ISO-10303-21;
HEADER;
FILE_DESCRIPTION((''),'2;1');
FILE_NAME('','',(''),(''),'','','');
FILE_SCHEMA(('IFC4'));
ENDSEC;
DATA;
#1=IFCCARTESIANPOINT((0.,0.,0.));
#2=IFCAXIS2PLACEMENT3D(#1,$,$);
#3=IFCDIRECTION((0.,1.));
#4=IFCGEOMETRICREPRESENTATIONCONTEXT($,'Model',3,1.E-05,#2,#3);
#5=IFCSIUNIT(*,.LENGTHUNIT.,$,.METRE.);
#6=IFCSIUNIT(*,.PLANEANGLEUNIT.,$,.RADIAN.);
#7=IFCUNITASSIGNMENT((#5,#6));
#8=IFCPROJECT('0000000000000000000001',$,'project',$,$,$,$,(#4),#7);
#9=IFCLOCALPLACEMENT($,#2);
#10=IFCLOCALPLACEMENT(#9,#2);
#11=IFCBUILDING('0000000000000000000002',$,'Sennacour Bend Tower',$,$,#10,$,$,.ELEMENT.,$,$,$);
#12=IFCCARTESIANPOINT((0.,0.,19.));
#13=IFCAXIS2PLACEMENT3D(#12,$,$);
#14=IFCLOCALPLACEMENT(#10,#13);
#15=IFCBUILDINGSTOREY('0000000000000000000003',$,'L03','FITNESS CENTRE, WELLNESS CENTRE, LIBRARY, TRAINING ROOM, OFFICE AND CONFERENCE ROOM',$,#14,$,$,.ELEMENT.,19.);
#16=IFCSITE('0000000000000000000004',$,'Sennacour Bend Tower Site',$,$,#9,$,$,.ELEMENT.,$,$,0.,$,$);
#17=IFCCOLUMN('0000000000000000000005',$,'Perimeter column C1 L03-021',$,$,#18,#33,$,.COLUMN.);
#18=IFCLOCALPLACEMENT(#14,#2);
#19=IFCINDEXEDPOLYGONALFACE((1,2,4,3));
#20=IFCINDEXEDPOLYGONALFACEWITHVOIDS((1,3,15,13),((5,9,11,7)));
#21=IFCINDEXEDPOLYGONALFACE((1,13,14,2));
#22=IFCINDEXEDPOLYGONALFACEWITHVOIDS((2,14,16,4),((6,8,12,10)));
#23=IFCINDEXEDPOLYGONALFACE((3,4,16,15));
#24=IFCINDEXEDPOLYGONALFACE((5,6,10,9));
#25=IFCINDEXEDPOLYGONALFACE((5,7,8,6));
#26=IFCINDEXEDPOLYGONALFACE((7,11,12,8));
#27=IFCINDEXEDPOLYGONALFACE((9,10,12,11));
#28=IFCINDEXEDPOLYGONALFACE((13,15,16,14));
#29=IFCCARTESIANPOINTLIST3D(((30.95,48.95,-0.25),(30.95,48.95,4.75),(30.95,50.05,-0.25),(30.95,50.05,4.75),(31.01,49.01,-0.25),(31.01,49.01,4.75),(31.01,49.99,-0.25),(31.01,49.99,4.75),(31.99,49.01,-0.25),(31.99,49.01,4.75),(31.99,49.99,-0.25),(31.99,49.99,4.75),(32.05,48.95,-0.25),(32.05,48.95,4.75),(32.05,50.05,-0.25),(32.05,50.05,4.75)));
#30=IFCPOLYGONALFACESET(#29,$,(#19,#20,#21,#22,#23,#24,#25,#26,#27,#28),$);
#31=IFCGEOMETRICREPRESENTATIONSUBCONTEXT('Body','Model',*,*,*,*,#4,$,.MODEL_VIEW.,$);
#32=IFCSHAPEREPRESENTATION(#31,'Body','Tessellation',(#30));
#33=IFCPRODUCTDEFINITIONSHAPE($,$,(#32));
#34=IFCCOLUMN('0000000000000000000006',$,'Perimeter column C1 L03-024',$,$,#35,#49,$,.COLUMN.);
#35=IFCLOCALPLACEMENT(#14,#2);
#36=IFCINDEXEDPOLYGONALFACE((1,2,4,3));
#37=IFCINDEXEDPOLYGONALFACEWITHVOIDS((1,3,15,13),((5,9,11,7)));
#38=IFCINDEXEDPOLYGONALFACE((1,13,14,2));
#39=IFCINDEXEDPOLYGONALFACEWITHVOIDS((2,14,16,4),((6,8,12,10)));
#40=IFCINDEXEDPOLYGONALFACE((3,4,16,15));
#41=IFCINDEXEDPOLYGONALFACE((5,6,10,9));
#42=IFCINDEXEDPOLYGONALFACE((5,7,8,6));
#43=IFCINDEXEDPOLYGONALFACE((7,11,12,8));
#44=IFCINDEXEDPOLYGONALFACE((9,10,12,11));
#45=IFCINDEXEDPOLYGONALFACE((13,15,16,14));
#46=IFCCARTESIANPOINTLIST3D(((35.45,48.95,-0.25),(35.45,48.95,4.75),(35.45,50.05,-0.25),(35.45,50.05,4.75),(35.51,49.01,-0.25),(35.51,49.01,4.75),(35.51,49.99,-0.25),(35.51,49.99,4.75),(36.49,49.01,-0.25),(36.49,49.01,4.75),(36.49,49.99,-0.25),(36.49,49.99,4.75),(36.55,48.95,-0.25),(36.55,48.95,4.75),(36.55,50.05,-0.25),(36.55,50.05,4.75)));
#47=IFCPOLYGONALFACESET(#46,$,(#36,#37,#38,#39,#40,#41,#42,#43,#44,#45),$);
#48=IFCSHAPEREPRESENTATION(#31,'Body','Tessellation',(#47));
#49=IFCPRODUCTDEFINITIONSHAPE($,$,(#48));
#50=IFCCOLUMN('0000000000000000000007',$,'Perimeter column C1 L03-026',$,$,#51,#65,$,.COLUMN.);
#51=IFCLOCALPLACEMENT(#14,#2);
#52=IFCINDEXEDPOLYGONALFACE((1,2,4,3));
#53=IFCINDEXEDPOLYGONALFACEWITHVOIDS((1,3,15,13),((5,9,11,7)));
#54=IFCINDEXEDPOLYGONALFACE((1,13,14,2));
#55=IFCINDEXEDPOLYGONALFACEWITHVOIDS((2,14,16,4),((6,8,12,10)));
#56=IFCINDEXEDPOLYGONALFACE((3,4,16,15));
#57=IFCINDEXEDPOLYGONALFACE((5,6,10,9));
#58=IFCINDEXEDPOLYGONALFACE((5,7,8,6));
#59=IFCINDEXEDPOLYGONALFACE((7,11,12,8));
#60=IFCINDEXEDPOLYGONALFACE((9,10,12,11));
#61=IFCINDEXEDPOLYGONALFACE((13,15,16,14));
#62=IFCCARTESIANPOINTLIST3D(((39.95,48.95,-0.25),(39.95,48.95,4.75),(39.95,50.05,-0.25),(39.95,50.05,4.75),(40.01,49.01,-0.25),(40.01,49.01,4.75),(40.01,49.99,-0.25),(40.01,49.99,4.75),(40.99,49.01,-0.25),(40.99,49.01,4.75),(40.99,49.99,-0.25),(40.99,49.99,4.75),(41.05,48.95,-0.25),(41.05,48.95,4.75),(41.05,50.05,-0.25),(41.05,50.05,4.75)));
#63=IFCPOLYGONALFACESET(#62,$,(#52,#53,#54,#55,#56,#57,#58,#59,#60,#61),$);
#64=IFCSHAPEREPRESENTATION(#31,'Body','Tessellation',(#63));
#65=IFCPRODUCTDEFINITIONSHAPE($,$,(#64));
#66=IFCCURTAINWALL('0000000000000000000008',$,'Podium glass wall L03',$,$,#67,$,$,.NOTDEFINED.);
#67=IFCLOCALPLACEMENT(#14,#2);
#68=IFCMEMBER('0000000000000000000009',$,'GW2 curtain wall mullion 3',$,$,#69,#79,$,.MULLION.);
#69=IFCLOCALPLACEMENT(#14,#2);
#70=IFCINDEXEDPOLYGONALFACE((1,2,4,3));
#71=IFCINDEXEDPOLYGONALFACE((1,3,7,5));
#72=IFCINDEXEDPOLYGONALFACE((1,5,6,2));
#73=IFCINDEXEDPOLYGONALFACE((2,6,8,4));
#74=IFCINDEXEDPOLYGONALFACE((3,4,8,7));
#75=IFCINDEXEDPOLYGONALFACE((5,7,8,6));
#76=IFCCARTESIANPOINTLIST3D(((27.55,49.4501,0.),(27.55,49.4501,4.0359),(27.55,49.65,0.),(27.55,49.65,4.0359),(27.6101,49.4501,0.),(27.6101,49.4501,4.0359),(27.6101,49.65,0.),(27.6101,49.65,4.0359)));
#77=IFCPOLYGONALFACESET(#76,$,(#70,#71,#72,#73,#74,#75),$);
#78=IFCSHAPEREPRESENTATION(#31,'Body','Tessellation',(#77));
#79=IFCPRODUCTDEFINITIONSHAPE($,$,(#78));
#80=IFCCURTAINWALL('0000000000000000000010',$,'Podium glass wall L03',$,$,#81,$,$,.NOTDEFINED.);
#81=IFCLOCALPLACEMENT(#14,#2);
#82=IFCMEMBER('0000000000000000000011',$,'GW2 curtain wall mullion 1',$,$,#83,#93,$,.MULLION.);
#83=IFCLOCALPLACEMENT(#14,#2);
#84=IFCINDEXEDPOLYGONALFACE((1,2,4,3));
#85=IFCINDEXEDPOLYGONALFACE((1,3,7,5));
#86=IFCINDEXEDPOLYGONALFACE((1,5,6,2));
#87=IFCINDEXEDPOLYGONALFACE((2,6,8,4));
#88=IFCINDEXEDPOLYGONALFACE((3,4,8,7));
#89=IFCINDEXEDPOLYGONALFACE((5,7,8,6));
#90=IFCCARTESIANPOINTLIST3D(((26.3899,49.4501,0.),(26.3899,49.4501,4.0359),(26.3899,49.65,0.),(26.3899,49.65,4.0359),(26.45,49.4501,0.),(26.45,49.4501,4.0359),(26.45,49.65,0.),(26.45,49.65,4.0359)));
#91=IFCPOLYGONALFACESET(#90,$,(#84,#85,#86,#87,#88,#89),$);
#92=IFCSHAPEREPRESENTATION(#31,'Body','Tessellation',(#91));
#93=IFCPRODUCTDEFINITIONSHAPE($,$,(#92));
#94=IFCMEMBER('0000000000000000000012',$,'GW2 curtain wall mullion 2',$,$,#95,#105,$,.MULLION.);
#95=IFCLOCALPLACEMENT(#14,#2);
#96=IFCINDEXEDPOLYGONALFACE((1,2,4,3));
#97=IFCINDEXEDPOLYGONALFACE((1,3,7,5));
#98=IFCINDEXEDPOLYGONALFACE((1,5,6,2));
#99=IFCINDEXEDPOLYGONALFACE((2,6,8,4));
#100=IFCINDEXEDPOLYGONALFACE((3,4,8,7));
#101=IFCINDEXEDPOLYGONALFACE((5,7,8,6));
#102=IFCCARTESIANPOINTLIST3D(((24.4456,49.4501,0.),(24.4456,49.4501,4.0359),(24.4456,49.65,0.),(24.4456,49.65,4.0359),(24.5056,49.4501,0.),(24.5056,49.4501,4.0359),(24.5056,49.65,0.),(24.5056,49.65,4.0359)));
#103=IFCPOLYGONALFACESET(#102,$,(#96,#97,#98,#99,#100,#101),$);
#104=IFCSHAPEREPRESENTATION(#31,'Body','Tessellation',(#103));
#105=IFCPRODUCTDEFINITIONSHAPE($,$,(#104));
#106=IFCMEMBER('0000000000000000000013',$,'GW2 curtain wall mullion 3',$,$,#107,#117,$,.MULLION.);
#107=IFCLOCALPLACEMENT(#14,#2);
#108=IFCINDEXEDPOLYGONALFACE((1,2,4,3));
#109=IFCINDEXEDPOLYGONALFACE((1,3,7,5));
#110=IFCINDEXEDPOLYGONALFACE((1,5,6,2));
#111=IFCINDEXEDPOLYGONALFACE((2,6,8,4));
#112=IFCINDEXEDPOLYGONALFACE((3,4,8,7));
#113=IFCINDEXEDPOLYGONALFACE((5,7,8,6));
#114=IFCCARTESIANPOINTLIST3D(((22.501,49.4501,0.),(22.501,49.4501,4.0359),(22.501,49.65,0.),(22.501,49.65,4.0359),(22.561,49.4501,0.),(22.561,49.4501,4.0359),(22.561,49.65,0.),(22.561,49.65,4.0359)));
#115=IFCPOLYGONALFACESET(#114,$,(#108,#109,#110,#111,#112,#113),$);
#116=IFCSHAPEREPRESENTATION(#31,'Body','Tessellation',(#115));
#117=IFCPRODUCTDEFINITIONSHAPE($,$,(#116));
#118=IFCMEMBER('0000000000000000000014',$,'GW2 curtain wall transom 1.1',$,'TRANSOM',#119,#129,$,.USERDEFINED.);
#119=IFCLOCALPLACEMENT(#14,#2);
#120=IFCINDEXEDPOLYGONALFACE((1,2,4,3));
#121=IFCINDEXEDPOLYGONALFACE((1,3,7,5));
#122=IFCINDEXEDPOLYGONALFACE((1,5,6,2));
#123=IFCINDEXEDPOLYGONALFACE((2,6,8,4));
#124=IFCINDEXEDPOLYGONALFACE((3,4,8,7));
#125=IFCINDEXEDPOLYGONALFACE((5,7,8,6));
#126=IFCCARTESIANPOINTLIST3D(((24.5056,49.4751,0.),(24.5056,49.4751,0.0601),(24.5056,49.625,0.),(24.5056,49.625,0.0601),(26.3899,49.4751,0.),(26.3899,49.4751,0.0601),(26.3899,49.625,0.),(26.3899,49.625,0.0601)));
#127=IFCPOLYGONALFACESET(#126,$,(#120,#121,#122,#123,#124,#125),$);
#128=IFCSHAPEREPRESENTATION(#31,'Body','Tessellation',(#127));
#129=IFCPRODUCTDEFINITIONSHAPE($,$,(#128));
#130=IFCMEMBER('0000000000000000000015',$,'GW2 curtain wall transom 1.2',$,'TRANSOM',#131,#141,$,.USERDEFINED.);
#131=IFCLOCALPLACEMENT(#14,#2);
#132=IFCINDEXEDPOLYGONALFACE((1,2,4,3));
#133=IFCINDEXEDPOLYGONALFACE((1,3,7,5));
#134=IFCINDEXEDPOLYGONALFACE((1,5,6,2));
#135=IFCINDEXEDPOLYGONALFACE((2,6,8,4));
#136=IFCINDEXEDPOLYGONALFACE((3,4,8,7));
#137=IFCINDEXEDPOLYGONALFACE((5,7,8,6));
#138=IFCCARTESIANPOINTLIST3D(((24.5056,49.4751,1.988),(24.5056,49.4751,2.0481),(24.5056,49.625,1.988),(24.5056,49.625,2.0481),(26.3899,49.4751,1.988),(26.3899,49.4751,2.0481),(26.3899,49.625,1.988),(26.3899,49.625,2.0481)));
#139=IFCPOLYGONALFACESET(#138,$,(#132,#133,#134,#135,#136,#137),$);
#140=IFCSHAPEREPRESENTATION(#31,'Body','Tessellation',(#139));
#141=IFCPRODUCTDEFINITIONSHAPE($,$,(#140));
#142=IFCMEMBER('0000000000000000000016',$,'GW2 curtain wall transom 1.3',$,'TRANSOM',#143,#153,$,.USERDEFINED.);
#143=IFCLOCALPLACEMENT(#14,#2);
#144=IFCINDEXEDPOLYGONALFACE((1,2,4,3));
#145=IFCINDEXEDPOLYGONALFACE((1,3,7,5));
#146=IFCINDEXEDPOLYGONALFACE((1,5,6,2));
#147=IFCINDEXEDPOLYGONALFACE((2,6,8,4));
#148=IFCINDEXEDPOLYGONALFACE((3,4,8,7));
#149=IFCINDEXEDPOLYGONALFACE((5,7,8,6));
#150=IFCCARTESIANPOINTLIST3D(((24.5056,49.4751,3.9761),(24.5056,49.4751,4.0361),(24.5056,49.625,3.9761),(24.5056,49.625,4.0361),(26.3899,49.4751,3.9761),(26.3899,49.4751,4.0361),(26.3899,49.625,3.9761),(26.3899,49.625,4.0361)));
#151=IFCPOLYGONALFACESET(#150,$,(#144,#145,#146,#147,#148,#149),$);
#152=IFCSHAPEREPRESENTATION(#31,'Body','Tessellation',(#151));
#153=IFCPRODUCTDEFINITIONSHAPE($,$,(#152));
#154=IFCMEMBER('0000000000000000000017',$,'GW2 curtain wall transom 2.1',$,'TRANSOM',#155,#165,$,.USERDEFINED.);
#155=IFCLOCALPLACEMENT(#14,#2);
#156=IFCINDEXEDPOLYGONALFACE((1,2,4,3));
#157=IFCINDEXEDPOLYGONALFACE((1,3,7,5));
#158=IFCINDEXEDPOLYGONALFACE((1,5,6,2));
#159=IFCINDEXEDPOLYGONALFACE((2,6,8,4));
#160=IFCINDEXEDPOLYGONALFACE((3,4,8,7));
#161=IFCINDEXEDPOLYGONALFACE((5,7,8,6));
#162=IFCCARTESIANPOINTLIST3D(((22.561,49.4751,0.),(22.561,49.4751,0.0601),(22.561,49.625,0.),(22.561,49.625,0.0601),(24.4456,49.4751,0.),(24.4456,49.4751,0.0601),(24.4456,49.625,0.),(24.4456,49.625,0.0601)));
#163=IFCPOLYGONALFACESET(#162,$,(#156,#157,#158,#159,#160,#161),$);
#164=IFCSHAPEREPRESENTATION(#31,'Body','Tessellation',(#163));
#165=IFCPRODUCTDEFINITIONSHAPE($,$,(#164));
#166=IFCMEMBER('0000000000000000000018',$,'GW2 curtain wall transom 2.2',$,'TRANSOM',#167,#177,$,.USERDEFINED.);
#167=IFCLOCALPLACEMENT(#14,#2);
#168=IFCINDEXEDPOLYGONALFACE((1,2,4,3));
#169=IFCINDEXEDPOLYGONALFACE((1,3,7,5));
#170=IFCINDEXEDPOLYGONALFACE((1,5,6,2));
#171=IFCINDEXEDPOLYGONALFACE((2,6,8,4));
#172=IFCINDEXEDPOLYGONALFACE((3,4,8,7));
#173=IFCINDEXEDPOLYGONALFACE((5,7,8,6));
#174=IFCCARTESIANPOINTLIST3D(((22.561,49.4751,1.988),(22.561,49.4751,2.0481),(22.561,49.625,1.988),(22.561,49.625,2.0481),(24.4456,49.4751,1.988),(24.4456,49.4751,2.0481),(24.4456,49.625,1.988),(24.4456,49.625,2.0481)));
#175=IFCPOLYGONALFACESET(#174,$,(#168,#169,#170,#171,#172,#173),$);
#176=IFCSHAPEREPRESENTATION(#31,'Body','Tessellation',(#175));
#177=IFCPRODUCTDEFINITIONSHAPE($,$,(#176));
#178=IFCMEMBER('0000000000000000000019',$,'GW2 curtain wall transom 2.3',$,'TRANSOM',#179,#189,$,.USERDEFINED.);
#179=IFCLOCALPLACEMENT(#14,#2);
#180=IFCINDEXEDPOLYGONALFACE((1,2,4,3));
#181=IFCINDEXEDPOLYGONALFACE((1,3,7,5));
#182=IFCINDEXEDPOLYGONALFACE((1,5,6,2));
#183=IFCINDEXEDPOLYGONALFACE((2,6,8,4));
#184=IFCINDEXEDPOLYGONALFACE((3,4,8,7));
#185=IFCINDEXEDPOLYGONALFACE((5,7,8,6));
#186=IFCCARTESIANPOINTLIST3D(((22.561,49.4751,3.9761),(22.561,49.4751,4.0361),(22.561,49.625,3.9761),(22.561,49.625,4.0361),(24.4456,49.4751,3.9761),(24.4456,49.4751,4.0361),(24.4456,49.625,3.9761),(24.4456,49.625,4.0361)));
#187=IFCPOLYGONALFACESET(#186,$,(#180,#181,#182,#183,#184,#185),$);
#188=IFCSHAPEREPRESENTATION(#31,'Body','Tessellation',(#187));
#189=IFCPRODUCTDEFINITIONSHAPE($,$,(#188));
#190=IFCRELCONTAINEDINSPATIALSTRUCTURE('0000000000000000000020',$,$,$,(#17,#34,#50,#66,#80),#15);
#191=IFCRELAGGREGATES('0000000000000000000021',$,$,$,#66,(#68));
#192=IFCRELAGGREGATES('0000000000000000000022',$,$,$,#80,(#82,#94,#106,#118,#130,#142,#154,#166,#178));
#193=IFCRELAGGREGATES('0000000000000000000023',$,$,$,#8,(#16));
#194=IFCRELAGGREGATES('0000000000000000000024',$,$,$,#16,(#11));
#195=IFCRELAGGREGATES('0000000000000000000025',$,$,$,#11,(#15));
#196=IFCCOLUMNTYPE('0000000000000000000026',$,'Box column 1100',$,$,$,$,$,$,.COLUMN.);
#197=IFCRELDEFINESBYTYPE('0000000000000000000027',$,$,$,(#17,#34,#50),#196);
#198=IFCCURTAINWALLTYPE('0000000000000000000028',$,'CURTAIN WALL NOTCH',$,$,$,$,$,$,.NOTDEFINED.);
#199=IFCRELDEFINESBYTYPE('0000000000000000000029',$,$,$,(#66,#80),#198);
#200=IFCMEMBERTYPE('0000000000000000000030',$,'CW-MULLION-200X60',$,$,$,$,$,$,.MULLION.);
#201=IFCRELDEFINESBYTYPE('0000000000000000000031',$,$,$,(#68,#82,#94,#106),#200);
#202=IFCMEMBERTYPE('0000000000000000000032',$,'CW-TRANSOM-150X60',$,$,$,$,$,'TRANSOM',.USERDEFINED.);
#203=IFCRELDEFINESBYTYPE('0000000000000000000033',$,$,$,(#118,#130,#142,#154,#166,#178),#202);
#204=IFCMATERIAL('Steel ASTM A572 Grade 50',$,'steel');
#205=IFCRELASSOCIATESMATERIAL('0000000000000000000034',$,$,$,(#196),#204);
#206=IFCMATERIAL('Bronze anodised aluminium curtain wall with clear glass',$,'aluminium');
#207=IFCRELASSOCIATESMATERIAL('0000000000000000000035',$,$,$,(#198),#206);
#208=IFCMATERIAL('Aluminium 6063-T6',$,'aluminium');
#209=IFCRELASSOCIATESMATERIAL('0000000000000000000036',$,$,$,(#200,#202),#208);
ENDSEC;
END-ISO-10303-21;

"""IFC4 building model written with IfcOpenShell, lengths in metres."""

from ifc_helpers import new_model, si_unit, direction, frame, origin, origin_2d, place, context, subcontext, project, spatial, rectangle, hollow_rectangle, extrude, material, material_profile, profile_set, type_object, element, aggregate, save


model = new_model("IFC4")

# Units and contexts
model_context = context("Model", 3, precision=1e-05, world=origin(), true_north=direction((0.0, 1.0)))
body_context = subcontext(model_context, "Body", "Model", "MODEL_VIEW")
ifc_project = project(units=[si_unit("LENGTHUNIT", "METRE"), si_unit("PLANEANGLEUNIT", "RADIAN")], contexts=[model_context])

# Site, building, storey
site_placement = place(None, origin())
site = spatial("IfcSite", under=ifc_project, at=site_placement, Name="Sennacour Bend Tower Site", CompositionType="ELEMENT", RefElevation=0.0)
building_placement = place(site_placement, origin())
building = spatial("IfcBuilding", under=site, at=building_placement, Name="Sennacour Bend Tower", CompositionType="ELEMENT")
storey_placement = place(building_placement, frame((0.0, 0.0, 19.0)))
storey = spatial("IfcBuildingStorey", under=building, at=storey_placement, Name="L03", Description="FITNESS CENTRE, WELLNESS CENTRE, LIBRARY, TRAINING ROOM, OFFICE AND CONFERENCE ROOM", CompositionType="ELEMENT", Elevation=19.0)

# Columns
ifc_material_1 = material(Name="Steel ASTM A572 Grade 50", Category="steel")
ifc_material_profile_1 = material_profile(ifc_material_1, hollow_rectangle(XDim=1.1001, YDim=1.1001, WallThickness=0.0601, at=origin_2d()), Name="Steel ASTM A572 Grade 50", Category="steel")
ifc_profile_set_1 = profile_set([ifc_material_profile_1], Name="Steel ASTM A572 Grade 50")
column_type = type_object("IfcColumnType", Name="Box column 1100", PredefinedType="COLUMN", material=ifc_profile_set_1)
for number, where, z_axis, x_axis, name in (
    (1, (31.5, 49.5, -0.25), (0.0, 0.0, 1.0), (1.0, 0.0, 0.0), "Perimeter column C1 L03-021"),
    (2, (36.0, 49.5, -0.25), (0.0, 0.0, 1.0), (1.0, 0.0, 0.0), "Perimeter column C1 L03-024"),
    (3, (40.5, 49.5, -0.25), (0.0, 0.0, 1.0), (1.0, 0.0, 0.0), "Perimeter column C1 L03-026"),
):
    element("IfcColumn", number, at=place(storey_placement, frame(where, z_axis=z_axis, x_axis=x_axis)), inside=storey, type_object=column_type, Name=name, PredefinedType="COLUMN", context=body_context, shape_type="SweptSolid", body=[
        extrude(hollow_rectangle(XDim=1.1001, YDim=1.1001, WallThickness=0.0601, at=origin_2d()), origin(), (0.0, 0.0, 1.0), 5.0),
    ])

# Curtain wall, member
ifc_material_2 = material(Name="Bronze anodised aluminium curtain wall with clear glass", Category="aluminium")
curtain_wall_type = type_object("IfcCurtainWallType", Name="CURTAIN WALL NOTCH", PredefinedType="NOTDEFINED", material=ifc_material_2)
curtain_wall_1_placement = place(storey_placement, origin())
curtain_wall_1 = element("IfcCurtainWall", 4, at=curtain_wall_1_placement, inside=storey, type_object=curtain_wall_type, Name="Podium glass wall L03", PredefinedType="NOTDEFINED")
ifc_material_3 = material(Name="Aluminium 6063-T6", Category="aluminium")
ifc_material_profile_2 = material_profile(ifc_material_3, rectangle(XDim=0.2, YDim=0.0601, at=origin_2d()), Name="Aluminium 6063-T6", Category="aluminium")
ifc_profile_set_2 = profile_set([ifc_material_profile_2], Name="Aluminium 6063-T6")
member_type_1 = type_object("IfcMemberType", Name="CW-MULLION-200X60", PredefinedType="MULLION", material=ifc_profile_set_2)
member_1_placement = place(storey_placement, frame((27.5801, 49.55, 0.0), z_axis=(0.0, 0.0, 1.0), x_axis=(0.0, -1.0, 0.0)))
member_1 = element("IfcMember", 5, at=member_1_placement, type_object=member_type_1, Name="GW2 curtain wall mullion 3", PredefinedType="MULLION", context=body_context, shape_type="SweptSolid", body=[
    extrude(rectangle(XDim=0.2, YDim=0.0601, at=origin_2d()), origin(), (0.0, 0.0, 1.0), 4.0359),
])
aggregate(curtain_wall_1, [member_1])

# Curtain wall, members
curtain_wall_2_placement = place(storey_placement, origin())
curtain_wall_2 = element("IfcCurtainWall", 6, at=curtain_wall_2_placement, inside=storey, type_object=curtain_wall_type, Name="Podium glass wall L03", PredefinedType="NOTDEFINED")
member_2_placement = place(storey_placement, frame((26.4199, 49.55, 0.0), z_axis=(0.0, 0.0, 1.0), x_axis=(0.0, -1.0, 0.0)))
member_2 = element("IfcMember", 7, at=member_2_placement, type_object=member_type_1, Name="GW2 curtain wall mullion 1", PredefinedType="MULLION", context=body_context, shape_type="SweptSolid", body=[
    extrude(rectangle(XDim=0.2, YDim=0.0601, at=origin_2d()), origin(), (0.0, 0.0, 1.0), 4.0359),
])
member_3_placement = place(storey_placement, frame((24.4756, 49.55, 0.0), z_axis=(0.0, 0.0, 1.0), x_axis=(0.0, -1.0, 0.0)))
member_3 = element("IfcMember", 8, at=member_3_placement, type_object=member_type_1, Name="GW2 curtain wall mullion 2", PredefinedType="MULLION", context=body_context, shape_type="SweptSolid", body=[
    extrude(rectangle(XDim=0.2, YDim=0.0601, at=origin_2d()), origin(), (0.0, 0.0, 1.0), 4.0359),
])
member_4_placement = place(storey_placement, frame((22.531, 49.55, 0.0), z_axis=(0.0, 0.0, 1.0), x_axis=(0.0, -1.0, 0.0)))
member_4 = element("IfcMember", 9, at=member_4_placement, type_object=member_type_1, Name="GW2 curtain wall mullion 3", PredefinedType="MULLION", context=body_context, shape_type="SweptSolid", body=[
    extrude(rectangle(XDim=0.2, YDim=0.0601, at=origin_2d()), origin(), (0.0, 0.0, 1.0), 4.0359),
])
ifc_material_profile_3 = material_profile(ifc_material_3, rectangle(XDim=0.1499, YDim=0.0601, at=origin_2d()), Name="Aluminium 6063-T6", Category="aluminium")
ifc_profile_set_3 = profile_set([ifc_material_profile_3], Name="Aluminium 6063-T6")
member_type_2 = type_object("IfcMemberType", Name="CW-TRANSOM-150X60", ElementType="TRANSOM", PredefinedType="USERDEFINED", material=ifc_profile_set_3)
member_5_placement = place(storey_placement, frame((26.3899, 49.55, 0.03), z_axis=(-1.0, 0.0, 0.0), x_axis=(0.0, -1.0, 0.0)))
member_5 = element("IfcMember", 10, at=member_5_placement, type_object=member_type_2, Name="GW2 curtain wall transom 1.1", ObjectType="TRANSOM", PredefinedType="USERDEFINED", context=body_context, shape_type="SweptSolid", body=[
    extrude(rectangle(XDim=0.1499, YDim=0.0601, at=origin_2d()), origin(), (0.0, 0.0, 1.0), 1.8843),
])
member_6_placement = place(storey_placement, frame((26.3899, 49.55, 2.0181), z_axis=(-1.0, 0.0, 0.0), x_axis=(0.0, -1.0, 0.0)))
member_6 = element("IfcMember", 11, at=member_6_placement, type_object=member_type_2, Name="GW2 curtain wall transom 1.2", ObjectType="TRANSOM", PredefinedType="USERDEFINED", context=body_context, shape_type="SweptSolid", body=[
    extrude(rectangle(XDim=0.1499, YDim=0.0601, at=origin_2d()), origin(), (0.0, 0.0, 1.0), 1.8843),
])
member_7_placement = place(storey_placement, frame((26.3899, 49.55, 4.0061), z_axis=(-1.0, 0.0, 0.0), x_axis=(0.0, -1.0, 0.0)))
member_7 = element("IfcMember", 12, at=member_7_placement, type_object=member_type_2, Name="GW2 curtain wall transom 1.3", ObjectType="TRANSOM", PredefinedType="USERDEFINED", context=body_context, shape_type="SweptSolid", body=[
    extrude(rectangle(XDim=0.1499, YDim=0.0601, at=origin_2d()), origin(), (0.0, 0.0, 1.0), 1.8843),
])
member_8_placement = place(storey_placement, frame((24.4456, 49.55, 0.03), z_axis=(-1.0, 0.0, 0.0), x_axis=(0.0, -1.0, 0.0)))
member_8 = element("IfcMember", 13, at=member_8_placement, type_object=member_type_2, Name="GW2 curtain wall transom 2.1", ObjectType="TRANSOM", PredefinedType="USERDEFINED", context=body_context, shape_type="SweptSolid", body=[
    extrude(rectangle(XDim=0.1499, YDim=0.0601, at=origin_2d()), origin(), (0.0, 0.0, 1.0), 1.8845),
])
member_9_placement = place(storey_placement, frame((24.4456, 49.55, 2.0181), z_axis=(-1.0, 0.0, 0.0), x_axis=(0.0, -1.0, 0.0)))
member_9 = element("IfcMember", 14, at=member_9_placement, type_object=member_type_2, Name="GW2 curtain wall transom 2.2", ObjectType="TRANSOM", PredefinedType="USERDEFINED", context=body_context, shape_type="SweptSolid", body=[
    extrude(rectangle(XDim=0.1499, YDim=0.0601, at=origin_2d()), origin(), (0.0, 0.0, 1.0), 1.8845),
])
member_10_placement = place(storey_placement, frame((24.4456, 49.55, 4.0061), z_axis=(-1.0, 0.0, 0.0), x_axis=(0.0, -1.0, 0.0)))
member_10 = element("IfcMember", 15, at=member_10_placement, type_object=member_type_2, Name="GW2 curtain wall transom 2.3", ObjectType="TRANSOM", PredefinedType="USERDEFINED", context=body_context, shape_type="SweptSolid", body=[
    extrude(rectangle(XDim=0.1499, YDim=0.0601, at=origin_2d()), origin(), (0.0, 0.0, 1.0), 1.8845),
])

aggregate(curtain_wall_2, [member_2, member_3, member_4, member_5, member_6, member_7, member_8, member_9, member_10])

save(model, "model.ifc")
